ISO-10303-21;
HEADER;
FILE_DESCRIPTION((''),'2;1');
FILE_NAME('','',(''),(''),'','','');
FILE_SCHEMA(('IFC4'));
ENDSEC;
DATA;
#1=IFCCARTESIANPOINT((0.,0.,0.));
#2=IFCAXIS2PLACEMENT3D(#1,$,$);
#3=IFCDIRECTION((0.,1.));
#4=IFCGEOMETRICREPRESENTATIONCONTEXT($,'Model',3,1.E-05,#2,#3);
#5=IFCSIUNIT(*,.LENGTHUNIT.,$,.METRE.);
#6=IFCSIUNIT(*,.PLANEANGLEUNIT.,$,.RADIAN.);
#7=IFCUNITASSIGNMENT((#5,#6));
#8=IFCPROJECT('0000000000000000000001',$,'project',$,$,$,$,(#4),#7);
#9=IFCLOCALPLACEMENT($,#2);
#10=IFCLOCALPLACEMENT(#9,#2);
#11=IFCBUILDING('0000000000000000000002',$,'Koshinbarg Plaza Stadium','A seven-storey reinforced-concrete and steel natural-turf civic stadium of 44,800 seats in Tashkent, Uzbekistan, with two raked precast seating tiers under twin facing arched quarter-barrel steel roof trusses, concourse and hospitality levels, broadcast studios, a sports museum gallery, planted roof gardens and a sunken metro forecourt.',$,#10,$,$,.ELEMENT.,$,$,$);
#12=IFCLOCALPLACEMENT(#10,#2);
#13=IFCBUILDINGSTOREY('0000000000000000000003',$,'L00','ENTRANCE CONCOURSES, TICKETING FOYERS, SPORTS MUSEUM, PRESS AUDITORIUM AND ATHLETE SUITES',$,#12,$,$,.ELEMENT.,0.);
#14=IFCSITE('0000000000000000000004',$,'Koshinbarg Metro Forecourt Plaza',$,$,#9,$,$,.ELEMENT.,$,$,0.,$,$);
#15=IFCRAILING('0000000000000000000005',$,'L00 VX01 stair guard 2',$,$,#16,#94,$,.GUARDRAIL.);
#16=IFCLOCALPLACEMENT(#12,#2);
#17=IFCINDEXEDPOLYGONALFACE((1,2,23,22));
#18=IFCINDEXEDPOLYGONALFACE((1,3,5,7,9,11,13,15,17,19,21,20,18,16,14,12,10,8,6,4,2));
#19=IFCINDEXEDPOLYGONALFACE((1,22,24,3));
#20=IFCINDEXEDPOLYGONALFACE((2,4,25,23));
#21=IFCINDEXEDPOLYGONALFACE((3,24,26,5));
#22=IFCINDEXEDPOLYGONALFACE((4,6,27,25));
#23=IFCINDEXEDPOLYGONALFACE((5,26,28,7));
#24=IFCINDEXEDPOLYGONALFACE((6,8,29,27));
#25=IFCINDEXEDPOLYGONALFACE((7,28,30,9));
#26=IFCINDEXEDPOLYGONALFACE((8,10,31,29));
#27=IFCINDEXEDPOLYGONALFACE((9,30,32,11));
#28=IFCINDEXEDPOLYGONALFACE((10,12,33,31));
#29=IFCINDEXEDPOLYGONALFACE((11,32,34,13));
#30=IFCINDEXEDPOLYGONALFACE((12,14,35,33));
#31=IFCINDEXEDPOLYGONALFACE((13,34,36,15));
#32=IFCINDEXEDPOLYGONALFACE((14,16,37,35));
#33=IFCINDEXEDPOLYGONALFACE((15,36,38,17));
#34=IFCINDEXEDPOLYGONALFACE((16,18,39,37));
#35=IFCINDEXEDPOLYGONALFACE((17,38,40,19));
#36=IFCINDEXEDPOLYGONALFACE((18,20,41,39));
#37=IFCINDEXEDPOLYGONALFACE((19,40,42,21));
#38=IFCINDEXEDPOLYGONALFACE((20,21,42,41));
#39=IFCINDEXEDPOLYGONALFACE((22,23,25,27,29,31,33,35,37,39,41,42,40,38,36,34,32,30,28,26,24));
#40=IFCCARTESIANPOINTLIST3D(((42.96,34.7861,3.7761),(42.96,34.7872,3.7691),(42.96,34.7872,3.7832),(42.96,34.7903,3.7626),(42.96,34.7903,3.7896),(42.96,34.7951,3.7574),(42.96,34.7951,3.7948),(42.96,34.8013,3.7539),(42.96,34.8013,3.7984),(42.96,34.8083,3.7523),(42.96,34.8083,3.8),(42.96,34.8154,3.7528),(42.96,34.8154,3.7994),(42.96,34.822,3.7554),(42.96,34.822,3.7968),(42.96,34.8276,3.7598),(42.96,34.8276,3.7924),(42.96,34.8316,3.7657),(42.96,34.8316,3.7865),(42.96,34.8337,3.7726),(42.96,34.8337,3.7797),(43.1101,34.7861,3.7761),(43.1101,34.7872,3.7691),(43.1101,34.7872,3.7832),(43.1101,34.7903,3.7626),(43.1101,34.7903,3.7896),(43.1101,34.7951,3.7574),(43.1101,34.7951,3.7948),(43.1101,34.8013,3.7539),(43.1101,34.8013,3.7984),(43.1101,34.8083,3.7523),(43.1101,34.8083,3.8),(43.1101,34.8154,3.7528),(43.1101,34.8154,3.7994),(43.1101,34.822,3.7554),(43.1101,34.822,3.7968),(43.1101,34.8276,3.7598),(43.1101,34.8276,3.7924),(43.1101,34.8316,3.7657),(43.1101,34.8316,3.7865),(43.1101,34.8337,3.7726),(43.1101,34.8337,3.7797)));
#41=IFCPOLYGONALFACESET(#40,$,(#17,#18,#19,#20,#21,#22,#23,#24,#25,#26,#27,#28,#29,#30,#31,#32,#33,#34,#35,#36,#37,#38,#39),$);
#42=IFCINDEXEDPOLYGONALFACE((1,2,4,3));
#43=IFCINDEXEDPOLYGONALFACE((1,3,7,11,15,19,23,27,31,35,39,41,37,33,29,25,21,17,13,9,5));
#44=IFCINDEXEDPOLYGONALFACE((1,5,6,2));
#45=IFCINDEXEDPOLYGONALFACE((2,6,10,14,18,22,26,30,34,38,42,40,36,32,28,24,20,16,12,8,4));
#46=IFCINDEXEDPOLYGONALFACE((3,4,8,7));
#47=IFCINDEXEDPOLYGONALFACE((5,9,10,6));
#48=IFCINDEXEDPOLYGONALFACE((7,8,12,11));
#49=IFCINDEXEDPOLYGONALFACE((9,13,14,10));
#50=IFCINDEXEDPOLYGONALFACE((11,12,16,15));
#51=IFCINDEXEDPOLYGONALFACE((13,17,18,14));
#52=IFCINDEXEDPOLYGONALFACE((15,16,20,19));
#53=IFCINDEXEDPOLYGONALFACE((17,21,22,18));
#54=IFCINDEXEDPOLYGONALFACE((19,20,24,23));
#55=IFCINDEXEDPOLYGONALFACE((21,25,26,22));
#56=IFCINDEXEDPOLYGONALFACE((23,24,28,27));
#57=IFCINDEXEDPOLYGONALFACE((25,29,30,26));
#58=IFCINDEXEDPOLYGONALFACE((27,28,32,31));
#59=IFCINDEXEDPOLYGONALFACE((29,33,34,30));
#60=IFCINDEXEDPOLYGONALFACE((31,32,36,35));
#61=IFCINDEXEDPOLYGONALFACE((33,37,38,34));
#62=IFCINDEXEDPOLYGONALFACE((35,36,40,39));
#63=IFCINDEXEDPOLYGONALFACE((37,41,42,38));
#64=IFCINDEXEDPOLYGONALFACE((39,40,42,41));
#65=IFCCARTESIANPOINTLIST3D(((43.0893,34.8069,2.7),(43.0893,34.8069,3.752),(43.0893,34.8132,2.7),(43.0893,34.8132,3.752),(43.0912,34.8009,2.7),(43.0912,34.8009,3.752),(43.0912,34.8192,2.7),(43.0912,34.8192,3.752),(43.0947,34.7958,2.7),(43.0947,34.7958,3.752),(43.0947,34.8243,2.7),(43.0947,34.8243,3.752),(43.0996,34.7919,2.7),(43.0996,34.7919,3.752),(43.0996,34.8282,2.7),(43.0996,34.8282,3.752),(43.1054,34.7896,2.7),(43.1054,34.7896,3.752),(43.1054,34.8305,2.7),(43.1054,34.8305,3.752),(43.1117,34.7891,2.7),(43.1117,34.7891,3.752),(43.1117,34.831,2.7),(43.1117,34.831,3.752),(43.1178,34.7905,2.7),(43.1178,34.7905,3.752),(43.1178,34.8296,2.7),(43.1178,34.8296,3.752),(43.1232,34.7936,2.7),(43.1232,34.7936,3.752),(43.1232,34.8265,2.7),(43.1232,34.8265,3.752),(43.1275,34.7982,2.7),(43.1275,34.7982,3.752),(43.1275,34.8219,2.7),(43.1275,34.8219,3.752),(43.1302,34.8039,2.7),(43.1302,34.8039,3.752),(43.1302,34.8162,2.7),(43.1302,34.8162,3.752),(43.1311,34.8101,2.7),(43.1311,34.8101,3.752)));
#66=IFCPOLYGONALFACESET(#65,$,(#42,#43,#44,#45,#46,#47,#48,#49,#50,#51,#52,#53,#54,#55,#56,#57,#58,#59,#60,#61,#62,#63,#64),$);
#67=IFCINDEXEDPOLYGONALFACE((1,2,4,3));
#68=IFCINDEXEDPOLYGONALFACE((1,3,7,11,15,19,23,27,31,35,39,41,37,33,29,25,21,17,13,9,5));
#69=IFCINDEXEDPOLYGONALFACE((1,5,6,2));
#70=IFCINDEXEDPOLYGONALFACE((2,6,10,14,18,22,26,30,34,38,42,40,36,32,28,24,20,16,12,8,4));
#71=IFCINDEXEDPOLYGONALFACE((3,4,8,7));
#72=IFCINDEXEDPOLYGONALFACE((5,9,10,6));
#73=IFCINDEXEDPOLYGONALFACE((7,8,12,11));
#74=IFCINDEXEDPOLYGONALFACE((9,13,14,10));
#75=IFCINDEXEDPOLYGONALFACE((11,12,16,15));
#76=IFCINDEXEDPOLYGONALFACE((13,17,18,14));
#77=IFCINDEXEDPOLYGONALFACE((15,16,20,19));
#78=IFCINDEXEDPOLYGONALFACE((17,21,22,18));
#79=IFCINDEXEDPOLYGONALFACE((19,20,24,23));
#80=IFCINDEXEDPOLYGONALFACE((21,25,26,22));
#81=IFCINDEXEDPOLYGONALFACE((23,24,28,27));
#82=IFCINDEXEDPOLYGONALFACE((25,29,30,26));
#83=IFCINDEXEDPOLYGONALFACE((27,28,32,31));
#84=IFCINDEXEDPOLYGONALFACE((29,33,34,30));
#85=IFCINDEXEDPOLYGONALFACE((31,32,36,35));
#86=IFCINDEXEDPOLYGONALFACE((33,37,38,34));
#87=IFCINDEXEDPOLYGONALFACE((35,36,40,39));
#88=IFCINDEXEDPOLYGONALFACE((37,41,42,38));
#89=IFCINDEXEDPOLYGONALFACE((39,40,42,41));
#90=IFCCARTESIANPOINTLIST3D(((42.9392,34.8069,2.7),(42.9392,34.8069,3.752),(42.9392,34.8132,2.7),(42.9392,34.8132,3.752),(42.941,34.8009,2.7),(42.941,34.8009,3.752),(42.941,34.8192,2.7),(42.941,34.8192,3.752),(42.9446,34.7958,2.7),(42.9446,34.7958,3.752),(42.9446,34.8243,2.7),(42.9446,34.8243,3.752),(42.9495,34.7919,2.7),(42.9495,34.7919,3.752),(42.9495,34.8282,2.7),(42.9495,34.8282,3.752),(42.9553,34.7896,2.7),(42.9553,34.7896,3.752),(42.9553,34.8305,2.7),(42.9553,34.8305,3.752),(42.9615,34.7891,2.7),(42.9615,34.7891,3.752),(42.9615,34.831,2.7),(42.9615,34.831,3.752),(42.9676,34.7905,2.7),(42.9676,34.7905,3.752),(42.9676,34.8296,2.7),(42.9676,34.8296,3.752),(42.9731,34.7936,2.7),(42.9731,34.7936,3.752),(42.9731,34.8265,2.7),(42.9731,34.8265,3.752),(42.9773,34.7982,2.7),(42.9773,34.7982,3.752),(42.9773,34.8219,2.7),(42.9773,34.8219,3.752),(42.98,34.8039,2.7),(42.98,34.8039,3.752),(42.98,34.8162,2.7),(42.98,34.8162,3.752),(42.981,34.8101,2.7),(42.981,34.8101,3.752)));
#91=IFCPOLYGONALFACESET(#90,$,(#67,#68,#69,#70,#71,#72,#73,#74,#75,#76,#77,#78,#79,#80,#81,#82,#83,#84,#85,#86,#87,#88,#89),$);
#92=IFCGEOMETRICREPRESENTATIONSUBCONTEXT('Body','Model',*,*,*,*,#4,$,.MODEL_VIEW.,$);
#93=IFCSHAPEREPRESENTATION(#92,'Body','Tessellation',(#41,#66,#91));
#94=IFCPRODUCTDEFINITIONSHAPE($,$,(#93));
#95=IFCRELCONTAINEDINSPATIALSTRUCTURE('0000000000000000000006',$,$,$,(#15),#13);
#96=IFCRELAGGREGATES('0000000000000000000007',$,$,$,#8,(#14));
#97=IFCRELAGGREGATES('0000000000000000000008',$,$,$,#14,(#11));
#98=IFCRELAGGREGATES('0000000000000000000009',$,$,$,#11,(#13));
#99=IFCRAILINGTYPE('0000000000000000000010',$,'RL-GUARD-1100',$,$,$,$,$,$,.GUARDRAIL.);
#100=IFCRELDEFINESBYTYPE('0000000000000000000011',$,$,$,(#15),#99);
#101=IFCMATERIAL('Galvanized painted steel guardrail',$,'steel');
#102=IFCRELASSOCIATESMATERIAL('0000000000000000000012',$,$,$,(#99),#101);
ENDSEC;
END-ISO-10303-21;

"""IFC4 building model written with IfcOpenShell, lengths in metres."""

from ifc_helpers import new_model, si_unit, direction, frame, origin, origin_2d, place, context, subcontext, project, spatial, circle, extrude, material, type_object, element, save


model = new_model("IFC4")

# Units and contexts
model_context = context("Model", 3, precision=1e-05, world=origin(), true_north=direction((0.0, 1.0)))
body_context = subcontext(model_context, "Body", "Model", "MODEL_VIEW")
ifc_project = project(units=[si_unit("LENGTHUNIT", "METRE"), si_unit("PLANEANGLEUNIT", "RADIAN")], contexts=[model_context])

# Site, building, storey
site_placement = place(None, origin())
site = spatial("IfcSite", under=ifc_project, at=site_placement, Name="Koshinbarg Metro Forecourt Plaza", CompositionType="ELEMENT", RefElevation=0.0)
building_placement = place(site_placement, origin())
building = spatial("IfcBuilding", under=site, at=building_placement, Name="Koshinbarg Plaza Stadium", Description="A seven-storey reinforced-concrete and steel natural-turf civic stadium of 44,800 seats in Tashkent, Uzbekistan, with two raked precast seating tiers under twin facing arched quarter-barrel steel roof trusses, concourse and hospitality levels, broadcast studios, a sports museum gallery, planted roof gardens and a sunken metro forecourt.", CompositionType="ELEMENT")
storey_placement = place(building_placement, origin())
storey = spatial("IfcBuildingStorey", under=building, at=storey_placement, Name="L00", Description="ENTRANCE CONCOURSES, TICKETING FOYERS, SPORTS MUSEUM, PRESS AUDITORIUM AND ATHLETE SUITES", CompositionType="ELEMENT", Elevation=0.0)

# Railing
ifc_material_1 = material(Name="Galvanized painted steel guardrail", Category="steel")
railing_type_1 = type_object("IfcRailingType", Name="RL-GUARD-1100", PredefinedType="GUARDRAIL", material=ifc_material_1)
railing_1_placement = place(storey_placement, frame((43.1101, 34.8101, 2.7)))
element("IfcRailing", 1, at=railing_1_placement, inside=storey, type_object=railing_type_1, Name="L00 VX01 stair guard 2", PredefinedType="GUARDRAIL", context=body_context, shape_type="SweptSolid", body=[
    extrude(circle(Radius=0.0239, at=origin_2d()), frame((0.0, 0.0, 1.0762), z_axis=(-1.0, 0.0, 0.0), x_axis=(0.0, -1.0, 0.0)), (0.0, 0.0, 1.0), 0.1501),
    extrude(circle(Radius=0.021, at=origin_2d()), origin(), (0.0, 0.0, 1.0), 1.052),
    extrude(circle(Radius=0.021, at=origin_2d()), frame((-0.1501, 0.0, 0.0)), (0.0, 0.0, 1.0), 1.052),
])

save(model, "model.ifc")
